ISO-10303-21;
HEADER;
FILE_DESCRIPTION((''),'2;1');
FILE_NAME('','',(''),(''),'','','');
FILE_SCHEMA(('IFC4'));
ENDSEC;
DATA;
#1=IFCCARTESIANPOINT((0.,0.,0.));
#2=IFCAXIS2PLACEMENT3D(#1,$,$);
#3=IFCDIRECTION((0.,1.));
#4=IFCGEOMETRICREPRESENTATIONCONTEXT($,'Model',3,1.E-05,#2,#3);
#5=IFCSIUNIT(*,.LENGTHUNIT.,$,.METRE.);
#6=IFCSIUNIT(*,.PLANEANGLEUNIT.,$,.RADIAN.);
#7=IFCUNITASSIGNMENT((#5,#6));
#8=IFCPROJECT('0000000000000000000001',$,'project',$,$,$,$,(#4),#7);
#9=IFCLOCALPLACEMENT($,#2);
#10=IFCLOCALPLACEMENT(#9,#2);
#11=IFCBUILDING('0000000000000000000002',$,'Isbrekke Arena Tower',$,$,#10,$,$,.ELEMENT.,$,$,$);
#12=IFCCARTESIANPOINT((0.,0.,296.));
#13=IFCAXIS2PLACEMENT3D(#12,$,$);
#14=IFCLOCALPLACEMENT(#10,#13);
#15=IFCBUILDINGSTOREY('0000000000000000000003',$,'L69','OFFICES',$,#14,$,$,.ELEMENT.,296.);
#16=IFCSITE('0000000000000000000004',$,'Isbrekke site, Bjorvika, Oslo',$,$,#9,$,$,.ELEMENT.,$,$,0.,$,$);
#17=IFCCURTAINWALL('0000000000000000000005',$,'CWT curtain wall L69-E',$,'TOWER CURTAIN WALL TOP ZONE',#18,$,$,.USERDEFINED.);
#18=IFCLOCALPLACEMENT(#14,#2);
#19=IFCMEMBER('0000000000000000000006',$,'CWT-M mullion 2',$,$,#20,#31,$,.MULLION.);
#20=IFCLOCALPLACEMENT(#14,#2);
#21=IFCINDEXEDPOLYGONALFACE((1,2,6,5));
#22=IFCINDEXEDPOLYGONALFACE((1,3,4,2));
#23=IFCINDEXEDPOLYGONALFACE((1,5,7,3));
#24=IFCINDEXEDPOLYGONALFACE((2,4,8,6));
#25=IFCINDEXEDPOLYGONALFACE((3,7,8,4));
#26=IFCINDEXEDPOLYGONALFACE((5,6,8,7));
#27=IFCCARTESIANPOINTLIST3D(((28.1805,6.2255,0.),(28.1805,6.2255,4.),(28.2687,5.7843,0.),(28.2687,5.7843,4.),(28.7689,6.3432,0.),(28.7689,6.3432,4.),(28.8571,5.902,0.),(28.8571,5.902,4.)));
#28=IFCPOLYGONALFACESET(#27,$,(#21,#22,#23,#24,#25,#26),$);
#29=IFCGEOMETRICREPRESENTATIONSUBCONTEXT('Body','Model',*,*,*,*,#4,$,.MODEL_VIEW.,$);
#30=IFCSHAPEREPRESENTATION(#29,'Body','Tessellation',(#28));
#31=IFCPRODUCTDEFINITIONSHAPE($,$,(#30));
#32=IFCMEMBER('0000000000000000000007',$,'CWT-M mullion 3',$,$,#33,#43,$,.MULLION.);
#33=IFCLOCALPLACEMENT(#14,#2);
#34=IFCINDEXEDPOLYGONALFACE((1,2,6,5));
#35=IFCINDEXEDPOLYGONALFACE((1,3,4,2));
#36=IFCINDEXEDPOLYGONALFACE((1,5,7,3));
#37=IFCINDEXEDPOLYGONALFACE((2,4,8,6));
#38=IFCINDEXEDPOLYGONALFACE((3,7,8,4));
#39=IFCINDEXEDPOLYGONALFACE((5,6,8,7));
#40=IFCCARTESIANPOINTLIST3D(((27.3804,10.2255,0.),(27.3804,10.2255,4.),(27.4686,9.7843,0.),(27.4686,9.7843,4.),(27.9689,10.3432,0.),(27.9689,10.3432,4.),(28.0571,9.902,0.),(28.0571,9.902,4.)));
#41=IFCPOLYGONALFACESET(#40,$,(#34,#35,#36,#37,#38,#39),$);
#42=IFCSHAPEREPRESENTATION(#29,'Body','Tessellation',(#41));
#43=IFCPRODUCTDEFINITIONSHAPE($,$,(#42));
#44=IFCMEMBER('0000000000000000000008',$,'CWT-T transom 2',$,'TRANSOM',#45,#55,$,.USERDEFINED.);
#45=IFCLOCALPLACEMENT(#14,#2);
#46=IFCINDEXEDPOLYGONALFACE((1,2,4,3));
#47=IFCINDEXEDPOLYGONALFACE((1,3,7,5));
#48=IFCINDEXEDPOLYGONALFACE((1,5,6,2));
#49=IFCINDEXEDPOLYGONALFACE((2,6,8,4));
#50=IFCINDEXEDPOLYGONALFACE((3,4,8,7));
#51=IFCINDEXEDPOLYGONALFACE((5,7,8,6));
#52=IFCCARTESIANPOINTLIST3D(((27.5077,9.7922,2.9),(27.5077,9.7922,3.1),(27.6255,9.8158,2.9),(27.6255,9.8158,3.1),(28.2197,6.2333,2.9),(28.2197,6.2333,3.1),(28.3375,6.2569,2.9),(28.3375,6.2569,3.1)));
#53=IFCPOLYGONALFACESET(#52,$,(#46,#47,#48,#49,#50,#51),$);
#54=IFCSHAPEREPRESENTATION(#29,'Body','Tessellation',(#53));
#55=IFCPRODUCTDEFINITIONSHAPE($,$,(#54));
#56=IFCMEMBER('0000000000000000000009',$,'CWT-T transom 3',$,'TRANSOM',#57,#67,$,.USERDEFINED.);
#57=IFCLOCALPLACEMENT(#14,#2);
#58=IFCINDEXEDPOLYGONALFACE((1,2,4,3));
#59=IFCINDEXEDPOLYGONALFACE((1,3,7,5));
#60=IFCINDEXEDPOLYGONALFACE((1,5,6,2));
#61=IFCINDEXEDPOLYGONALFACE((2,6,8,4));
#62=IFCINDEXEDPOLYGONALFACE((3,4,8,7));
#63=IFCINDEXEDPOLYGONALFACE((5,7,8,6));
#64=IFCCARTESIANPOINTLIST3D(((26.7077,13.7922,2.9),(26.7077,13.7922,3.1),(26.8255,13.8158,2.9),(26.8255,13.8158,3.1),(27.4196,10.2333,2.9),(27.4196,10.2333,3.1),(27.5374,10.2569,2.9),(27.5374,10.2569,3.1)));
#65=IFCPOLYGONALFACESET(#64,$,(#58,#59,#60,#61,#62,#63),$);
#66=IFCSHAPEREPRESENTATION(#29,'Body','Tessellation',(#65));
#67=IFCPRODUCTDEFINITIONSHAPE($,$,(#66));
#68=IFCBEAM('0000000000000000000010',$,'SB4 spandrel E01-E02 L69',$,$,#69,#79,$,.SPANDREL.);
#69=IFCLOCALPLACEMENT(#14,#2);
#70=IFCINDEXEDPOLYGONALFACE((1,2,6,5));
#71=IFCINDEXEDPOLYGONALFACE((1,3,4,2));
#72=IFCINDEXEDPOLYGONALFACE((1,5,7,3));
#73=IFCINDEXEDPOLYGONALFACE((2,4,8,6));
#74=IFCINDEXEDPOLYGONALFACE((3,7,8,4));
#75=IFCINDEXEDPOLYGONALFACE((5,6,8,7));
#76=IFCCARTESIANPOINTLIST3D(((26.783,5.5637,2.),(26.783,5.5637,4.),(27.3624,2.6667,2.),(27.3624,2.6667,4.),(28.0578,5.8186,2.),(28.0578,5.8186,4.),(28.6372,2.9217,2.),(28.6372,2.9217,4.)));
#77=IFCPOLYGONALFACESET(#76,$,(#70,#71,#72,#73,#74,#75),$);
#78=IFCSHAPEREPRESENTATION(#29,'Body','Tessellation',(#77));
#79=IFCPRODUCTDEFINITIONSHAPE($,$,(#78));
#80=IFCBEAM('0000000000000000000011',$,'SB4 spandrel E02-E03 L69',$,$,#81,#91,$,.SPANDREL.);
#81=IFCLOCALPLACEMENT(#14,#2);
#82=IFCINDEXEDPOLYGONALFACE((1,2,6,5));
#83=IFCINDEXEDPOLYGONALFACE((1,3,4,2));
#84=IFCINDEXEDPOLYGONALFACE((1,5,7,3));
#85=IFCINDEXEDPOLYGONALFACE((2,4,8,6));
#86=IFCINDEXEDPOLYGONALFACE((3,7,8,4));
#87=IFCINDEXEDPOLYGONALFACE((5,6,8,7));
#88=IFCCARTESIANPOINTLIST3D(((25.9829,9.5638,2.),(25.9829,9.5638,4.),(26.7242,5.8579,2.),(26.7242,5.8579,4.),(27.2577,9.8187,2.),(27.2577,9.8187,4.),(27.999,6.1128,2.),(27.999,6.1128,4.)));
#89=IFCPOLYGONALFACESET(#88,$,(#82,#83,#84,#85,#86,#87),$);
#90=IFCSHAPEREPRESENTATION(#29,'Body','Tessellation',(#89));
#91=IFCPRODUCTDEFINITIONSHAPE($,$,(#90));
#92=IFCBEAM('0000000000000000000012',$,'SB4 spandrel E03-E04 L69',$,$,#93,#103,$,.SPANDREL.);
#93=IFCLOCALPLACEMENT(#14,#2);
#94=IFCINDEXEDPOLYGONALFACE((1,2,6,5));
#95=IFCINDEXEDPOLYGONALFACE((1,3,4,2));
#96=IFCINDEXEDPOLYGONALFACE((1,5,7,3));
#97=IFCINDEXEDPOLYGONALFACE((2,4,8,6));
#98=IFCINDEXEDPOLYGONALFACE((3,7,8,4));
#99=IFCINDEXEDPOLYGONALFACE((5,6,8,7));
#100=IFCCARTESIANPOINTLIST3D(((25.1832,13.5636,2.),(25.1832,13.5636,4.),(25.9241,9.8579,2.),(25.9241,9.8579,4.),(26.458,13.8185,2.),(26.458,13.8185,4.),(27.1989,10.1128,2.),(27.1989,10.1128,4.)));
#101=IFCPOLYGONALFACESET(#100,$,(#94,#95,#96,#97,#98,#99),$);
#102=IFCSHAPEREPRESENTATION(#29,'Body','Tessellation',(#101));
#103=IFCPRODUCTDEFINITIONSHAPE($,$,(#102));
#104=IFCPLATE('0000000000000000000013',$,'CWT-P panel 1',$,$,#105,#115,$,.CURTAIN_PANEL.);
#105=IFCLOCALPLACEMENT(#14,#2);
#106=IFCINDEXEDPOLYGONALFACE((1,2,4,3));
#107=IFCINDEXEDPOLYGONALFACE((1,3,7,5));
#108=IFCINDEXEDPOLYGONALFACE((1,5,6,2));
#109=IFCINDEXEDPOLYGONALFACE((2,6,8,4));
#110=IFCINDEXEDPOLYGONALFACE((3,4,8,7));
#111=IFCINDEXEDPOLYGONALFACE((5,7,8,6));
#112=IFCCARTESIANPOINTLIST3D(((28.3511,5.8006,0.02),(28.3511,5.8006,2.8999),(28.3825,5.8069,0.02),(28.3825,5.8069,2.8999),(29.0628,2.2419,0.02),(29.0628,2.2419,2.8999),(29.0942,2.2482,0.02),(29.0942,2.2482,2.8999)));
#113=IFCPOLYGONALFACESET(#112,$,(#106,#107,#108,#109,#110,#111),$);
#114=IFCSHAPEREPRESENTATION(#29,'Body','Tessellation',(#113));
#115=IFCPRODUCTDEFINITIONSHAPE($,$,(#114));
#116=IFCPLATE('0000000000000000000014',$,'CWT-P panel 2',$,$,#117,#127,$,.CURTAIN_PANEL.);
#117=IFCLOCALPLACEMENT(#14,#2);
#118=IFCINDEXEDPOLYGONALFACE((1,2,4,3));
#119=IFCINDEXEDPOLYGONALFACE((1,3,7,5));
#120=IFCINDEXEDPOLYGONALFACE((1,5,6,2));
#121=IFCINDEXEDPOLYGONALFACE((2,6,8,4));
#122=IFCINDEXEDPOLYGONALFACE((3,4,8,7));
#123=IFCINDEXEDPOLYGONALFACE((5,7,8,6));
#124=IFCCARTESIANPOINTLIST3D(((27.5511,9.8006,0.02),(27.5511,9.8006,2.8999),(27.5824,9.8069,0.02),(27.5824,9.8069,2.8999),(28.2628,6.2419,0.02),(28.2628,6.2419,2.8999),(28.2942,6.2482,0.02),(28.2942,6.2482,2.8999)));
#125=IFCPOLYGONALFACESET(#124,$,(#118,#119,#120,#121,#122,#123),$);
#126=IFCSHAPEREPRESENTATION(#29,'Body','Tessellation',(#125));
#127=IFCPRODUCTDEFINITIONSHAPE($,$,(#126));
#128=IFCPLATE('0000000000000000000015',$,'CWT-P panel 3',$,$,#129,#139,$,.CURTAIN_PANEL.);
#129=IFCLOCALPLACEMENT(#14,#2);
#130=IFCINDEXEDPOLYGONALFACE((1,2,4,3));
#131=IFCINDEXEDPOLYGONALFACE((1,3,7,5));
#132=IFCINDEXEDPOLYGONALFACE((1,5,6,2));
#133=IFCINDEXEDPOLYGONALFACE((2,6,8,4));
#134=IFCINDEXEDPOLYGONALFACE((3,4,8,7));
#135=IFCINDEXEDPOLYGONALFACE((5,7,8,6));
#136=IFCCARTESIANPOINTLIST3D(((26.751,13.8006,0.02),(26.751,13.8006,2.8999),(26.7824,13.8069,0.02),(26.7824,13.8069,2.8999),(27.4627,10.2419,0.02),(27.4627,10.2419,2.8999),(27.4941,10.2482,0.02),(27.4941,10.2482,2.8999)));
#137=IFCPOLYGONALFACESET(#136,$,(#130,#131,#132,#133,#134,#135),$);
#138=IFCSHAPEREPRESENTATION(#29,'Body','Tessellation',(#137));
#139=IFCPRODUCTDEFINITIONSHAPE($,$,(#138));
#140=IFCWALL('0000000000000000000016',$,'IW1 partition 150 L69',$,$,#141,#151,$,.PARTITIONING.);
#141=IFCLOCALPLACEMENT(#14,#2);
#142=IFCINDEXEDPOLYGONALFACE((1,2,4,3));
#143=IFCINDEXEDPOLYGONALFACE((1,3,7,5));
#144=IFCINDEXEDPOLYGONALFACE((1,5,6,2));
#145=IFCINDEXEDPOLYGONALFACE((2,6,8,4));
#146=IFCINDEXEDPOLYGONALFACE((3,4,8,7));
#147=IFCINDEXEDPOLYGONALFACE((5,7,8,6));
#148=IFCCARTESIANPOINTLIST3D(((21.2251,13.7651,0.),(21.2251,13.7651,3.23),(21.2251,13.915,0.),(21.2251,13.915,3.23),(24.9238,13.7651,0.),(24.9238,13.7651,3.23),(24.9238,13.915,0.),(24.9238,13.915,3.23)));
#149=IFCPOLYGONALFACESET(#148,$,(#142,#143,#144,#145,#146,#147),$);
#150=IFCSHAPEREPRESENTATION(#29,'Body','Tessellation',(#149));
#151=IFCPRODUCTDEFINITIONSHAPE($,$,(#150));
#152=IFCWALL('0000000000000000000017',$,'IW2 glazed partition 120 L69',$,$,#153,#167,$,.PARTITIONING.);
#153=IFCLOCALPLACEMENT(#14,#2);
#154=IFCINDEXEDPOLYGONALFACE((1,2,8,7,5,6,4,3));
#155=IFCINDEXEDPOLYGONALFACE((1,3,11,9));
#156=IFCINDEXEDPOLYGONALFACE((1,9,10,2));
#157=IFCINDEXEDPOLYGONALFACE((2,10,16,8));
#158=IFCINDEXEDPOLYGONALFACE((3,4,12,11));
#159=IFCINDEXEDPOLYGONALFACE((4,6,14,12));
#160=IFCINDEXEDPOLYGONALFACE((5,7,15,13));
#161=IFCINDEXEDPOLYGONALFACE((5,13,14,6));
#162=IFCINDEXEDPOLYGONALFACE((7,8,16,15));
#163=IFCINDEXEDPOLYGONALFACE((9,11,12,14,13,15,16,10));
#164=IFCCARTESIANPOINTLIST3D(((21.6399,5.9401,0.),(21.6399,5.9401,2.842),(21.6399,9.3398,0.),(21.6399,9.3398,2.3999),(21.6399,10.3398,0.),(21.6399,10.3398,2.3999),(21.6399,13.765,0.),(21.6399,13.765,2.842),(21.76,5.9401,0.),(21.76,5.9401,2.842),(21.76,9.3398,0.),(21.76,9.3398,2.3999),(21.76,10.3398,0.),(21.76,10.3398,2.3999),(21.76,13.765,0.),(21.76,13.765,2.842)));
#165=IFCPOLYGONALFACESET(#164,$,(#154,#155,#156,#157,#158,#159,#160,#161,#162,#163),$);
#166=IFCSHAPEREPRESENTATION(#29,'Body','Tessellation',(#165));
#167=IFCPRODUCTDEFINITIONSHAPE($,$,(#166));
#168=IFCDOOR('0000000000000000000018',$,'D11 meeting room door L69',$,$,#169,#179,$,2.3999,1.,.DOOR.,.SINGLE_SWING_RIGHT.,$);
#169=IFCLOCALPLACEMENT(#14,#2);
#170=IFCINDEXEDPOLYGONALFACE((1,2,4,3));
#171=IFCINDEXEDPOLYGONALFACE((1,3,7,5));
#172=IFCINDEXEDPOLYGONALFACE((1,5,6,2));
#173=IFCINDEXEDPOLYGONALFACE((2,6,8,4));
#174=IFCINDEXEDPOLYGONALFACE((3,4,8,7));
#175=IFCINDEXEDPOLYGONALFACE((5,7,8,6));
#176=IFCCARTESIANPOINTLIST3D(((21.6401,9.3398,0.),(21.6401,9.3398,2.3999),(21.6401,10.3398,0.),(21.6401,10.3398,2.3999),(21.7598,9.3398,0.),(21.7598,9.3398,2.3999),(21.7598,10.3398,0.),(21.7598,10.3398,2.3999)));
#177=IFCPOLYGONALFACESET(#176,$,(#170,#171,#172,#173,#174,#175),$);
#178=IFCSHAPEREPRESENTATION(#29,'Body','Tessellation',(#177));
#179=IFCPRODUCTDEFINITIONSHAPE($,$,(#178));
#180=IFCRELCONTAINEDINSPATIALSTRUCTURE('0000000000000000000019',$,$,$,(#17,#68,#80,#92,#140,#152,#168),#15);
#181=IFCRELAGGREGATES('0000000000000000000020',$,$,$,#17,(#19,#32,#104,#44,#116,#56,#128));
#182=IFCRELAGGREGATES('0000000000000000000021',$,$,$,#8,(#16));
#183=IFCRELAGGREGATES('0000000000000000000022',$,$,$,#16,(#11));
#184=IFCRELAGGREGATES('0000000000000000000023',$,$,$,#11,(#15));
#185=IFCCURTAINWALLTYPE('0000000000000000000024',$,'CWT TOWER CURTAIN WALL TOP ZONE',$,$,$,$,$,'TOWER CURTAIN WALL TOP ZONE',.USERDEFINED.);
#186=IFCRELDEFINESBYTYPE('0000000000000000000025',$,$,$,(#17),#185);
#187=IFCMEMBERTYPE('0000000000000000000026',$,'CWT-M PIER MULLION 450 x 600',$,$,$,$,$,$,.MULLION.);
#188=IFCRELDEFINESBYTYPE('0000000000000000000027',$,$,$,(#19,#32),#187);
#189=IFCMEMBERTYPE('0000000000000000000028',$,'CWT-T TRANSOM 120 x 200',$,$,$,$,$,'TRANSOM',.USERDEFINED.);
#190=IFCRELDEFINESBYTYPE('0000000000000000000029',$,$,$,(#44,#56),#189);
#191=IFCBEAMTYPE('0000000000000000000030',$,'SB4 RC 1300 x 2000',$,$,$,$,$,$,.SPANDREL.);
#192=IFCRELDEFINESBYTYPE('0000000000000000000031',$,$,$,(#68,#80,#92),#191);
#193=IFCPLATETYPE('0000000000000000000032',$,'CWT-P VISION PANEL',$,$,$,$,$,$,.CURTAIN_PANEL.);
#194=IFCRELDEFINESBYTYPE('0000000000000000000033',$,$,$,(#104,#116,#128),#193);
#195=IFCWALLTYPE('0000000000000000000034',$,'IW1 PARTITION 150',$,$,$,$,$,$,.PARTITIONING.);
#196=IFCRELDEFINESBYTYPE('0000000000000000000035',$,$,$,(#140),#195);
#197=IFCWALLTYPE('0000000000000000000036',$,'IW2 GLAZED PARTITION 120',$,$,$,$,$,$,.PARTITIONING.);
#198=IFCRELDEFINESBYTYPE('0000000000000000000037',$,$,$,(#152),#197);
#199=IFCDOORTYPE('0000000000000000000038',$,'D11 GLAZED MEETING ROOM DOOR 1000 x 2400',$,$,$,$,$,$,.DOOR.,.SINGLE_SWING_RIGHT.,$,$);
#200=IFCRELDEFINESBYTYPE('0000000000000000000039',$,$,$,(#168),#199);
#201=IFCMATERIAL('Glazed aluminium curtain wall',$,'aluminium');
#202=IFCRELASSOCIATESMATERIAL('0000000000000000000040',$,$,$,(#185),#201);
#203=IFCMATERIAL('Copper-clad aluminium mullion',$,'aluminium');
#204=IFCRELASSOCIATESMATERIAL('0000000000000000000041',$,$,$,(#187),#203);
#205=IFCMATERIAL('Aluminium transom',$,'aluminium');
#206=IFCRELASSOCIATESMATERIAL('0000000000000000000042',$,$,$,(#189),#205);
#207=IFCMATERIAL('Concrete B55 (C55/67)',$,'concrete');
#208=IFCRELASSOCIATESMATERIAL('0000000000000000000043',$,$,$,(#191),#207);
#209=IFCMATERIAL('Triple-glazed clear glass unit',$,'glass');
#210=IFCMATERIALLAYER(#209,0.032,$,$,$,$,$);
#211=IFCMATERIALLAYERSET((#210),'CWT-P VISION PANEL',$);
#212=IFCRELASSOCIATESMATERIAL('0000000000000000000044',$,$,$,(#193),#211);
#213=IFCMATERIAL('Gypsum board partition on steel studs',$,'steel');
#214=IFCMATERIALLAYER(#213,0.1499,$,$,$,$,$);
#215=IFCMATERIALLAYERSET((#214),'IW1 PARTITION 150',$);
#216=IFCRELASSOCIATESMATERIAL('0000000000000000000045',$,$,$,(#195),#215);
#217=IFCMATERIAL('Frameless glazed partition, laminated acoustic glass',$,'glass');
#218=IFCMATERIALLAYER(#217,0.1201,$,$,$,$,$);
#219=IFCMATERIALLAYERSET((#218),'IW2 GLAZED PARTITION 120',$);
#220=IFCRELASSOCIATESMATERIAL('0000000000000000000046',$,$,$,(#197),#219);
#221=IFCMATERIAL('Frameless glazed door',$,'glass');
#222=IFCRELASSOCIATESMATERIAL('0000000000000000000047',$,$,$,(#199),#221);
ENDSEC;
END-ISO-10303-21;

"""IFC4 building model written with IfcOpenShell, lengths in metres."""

from ifc_helpers import new_model, si_unit, direction, frame, frame_2d, origin, origin_2d, place, context, subcontext, project, spatial, rectangle, extrude, material, layer, layer_set, material_profile, profile_set, type_object, element, fill, aggregate, save


model = new_model("IFC4")

# Units and contexts
model_context = context("Model", 3, precision=1e-05, world=origin(), true_north=direction((0.0, 1.0)))
body_context = subcontext(model_context, "Body", "Model", "MODEL_VIEW")
ifc_project = project(units=[si_unit("LENGTHUNIT", "METRE"), si_unit("PLANEANGLEUNIT", "RADIAN")], contexts=[model_context])

# Site, building, storey
site_placement = place(None, origin())
site = spatial("IfcSite", under=ifc_project, at=site_placement, Name="Isbrekke site, Bjorvika, Oslo", CompositionType="ELEMENT", RefElevation=0.0)
building_placement = place(site_placement, origin())
building = spatial("IfcBuilding", under=site, at=building_placement, Name="Isbrekke Arena Tower", CompositionType="ELEMENT")
storey_placement = place(building_placement, frame((0.0, 0.0, 296.0)))
storey = spatial("IfcBuildingStorey", under=building, at=storey_placement, Name="L69", Description="OFFICES", CompositionType="ELEMENT", Elevation=296.0)

# Curtain wall, members
ifc_material_1 = material(Name="Glazed aluminium curtain wall", Category="aluminium")
curtain_wall_type = type_object("IfcCurtainWallType", Name="CWT TOWER CURTAIN WALL TOP ZONE", ElementType="TOWER CURTAIN WALL TOP ZONE", PredefinedType="USERDEFINED", material=ifc_material_1)
curtain_wall_placement = place(storey_placement, origin())
curtain_wall = element("IfcCurtainWall", 1, at=curtain_wall_placement, inside=storey, type_object=curtain_wall_type, Name="CWT curtain wall L69-E", ObjectType="TOWER CURTAIN WALL TOP ZONE", PredefinedType="USERDEFINED")
ifc_material_2 = material(Name="Copper-clad aluminium mullion", Category="aluminium")
ifc_material_profile_1 = material_profile(ifc_material_2, rectangle(XDim=0.45, YDim=0.6001, at=origin_2d()), Name="PIER 450X600")
ifc_profile_set_1 = profile_set([ifc_material_profile_1], Name="Copper-clad aluminium mullion")
member_type_1 = type_object("IfcMemberType", Name="CWT-M PIER MULLION 450 x 600", PredefinedType="MULLION", material=ifc_profile_set_1)
member_1_placement = place(storey_placement, frame((28.5188, 6.0637, 0.0), z_axis=(0.0, 0.0, 1.0), x_axis=(-0.196116, 0.980581, 0.0)))
member_1 = element("IfcMember", 2, at=member_1_placement, type_object=member_type_1, Name="CWT-M mullion 2", PredefinedType="MULLION", context=body_context, shape_type="SweptSolid", body=[
    extrude(rectangle(XDim=0.45, YDim=0.6001, at=origin_2d()), origin(), (0.0, 0.0, 1.0), 4.0),
])
member_2_placement = place(storey_placement, frame((27.7188, 10.0637, 0.0), z_axis=(0.0, 0.0, 1.0), x_axis=(-0.196116, 0.980581, 0.0)))
member_2 = element("IfcMember", 3, at=member_2_placement, type_object=member_type_1, Name="CWT-M mullion 3", PredefinedType="MULLION", context=body_context, shape_type="SweptSolid", body=[
    extrude(rectangle(XDim=0.45, YDim=0.6001, at=origin_2d()), origin(), (0.0, 0.0, 1.0), 4.0),
])
ifc_material_3 = material(Name="Aluminium transom", Category="aluminium")
ifc_material_profile_2 = material_profile(ifc_material_3, rectangle(XDim=0.1201, YDim=0.2, at=origin_2d()), Name="TRANSOM 120X200")
ifc_profile_set_2 = profile_set([ifc_material_profile_2], Name="Aluminium transom")
member_type_2 = type_object("IfcMemberType", Name="CWT-T TRANSOM 120 x 200", ElementType="TRANSOM", PredefinedType="USERDEFINED", material=ifc_profile_set_2)
member_3_placement = place(storey_placement, frame((28.2786, 6.2451, 3.0), z_axis=(-0.196155, 0.980573, 0.0), x_axis=(-0.980573, -0.196155, 0.0)))
member_3 = element("IfcMember", 4, at=member_3_placement, type_object=member_type_2, Name="CWT-T transom 2", ObjectType="TRANSOM", PredefinedType="USERDEFINED", context=body_context, shape_type="SweptSolid", body=[
    extrude(rectangle(XDim=0.1201, YDim=0.2, at=origin_2d()), origin(), (0.0, 0.0, 1.0), 3.6294),
])
member_4_placement = place(storey_placement, frame((27.4785, 10.2451, 3.0), z_axis=(-0.196155, 0.980573, 0.0), x_axis=(-0.980573, -0.196155, 0.0)))
member_4 = element("IfcMember", 5, at=member_4_placement, type_object=member_type_2, Name="CWT-T transom 3", ObjectType="TRANSOM", PredefinedType="USERDEFINED", context=body_context, shape_type="SweptSolid", body=[
    extrude(rectangle(XDim=0.1201, YDim=0.2, at=origin_2d()), origin(), (0.0, 0.0, 1.0), 3.6294),
])

# Beams
ifc_material_4 = material(Name="Concrete B55 (C55/67)", Category="concrete")
ifc_material_profile_3 = material_profile(ifc_material_4, rectangle(XDim=1.3, YDim=2.0, at=origin_2d()), Name="RC 1300x2000")
ifc_profile_set_3 = profile_set([ifc_material_profile_3], Name="Concrete B55 (C55/67)")
beam_type_1 = type_object("IfcBeamType", Name="SB4 RC 1300 x 2000", PredefinedType="SPANDREL", material=ifc_profile_set_3)
beam_1_placement = place(storey_placement, frame((27.9998, 2.7942, 3.0), z_axis=(-0.1961, 0.980584, 0.0), x_axis=(-0.980584, -0.1961, 0.0)))
element("IfcBeam", 6, at=beam_1_placement, inside=storey, type_object=beam_type_1, Name="SB4 spandrel E01-E02 L69", PredefinedType="SPANDREL", context=body_context, shape_type="SweptSolid", body=[
    extrude(rectangle(XDim=1.3, YDim=2.0, at=origin_2d()), origin(), (0.0, 0.0, 1.0), 2.9543),
])
beam_2_placement = place(storey_placement, frame((27.3616, 5.9854, 3.0), z_axis=(-0.196129, 0.980578, 0.0), x_axis=(-0.980578, -0.196129, 0.0)))
element("IfcBeam", 7, at=beam_2_placement, inside=storey, type_object=beam_type_1, Name="SB4 spandrel E02-E03 L69", PredefinedType="SPANDREL", context=body_context, shape_type="SweptSolid", body=[
    extrude(rectangle(XDim=1.3, YDim=2.0, at=origin_2d()), origin(), (0.0, 0.0, 1.0), 3.7793),
])
beam_3_placement = place(storey_placement, frame((26.5615, 9.9854, 3.0), z_axis=(-0.196066, 0.980591, 0.0), x_axis=(-0.980591, -0.196066, 0.0)))
element("IfcBeam", 8, at=beam_3_placement, inside=storey, type_object=beam_type_1, Name="SB4 spandrel E03-E04 L69", PredefinedType="SPANDREL", context=body_context, shape_type="SweptSolid", body=[
    extrude(rectangle(XDim=1.3, YDim=2.0, at=origin_2d()), origin(), (0.0, 0.0, 1.0), 3.7791),
])

# Plates
ifc_material_5 = material(Name="Triple-glazed clear glass unit", Category="glass")
ifc_layer_1 = layer(ifc_material_5, 0.032)
ifc_layer_set_1 = layer_set([ifc_layer_1], Name="CWT-P VISION PANEL")
plate_type = type_object("IfcPlateType", Name="CWT-P VISION PANEL", PredefinedType="CURTAIN_PANEL", material=ifc_layer_set_1)
plate_1_placement = place(storey_placement, frame((28.7227, 4.0244, 0.02), z_axis=(0.0, 0.0, 1.0), x_axis=(-0.196116, 0.980581, 0.0)))
plate_1 = element("IfcPlate", 9, at=plate_1_placement, type_object=plate_type, Name="CWT-P panel 1", PredefinedType="CURTAIN_PANEL", context=body_context, shape_type="SweptSolid", body=[
    extrude(rectangle(XDim=3.6292, YDim=0.032, at=origin_2d()), origin(), (0.0, 0.0, 1.0), 2.8799),
])
plate_2_placement = place(storey_placement, frame((27.9226, 8.0244, 0.02), z_axis=(0.0, 0.0, 1.0), x_axis=(-0.196116, 0.980581, 0.0)))
plate_2 = element("IfcPlate", 10, at=plate_2_placement, type_object=plate_type, Name="CWT-P panel 2", PredefinedType="CURTAIN_PANEL", context=body_context, shape_type="SweptSolid", body=[
    extrude(rectangle(XDim=3.6292, YDim=0.032, at=origin_2d()), origin(), (0.0, 0.0, 1.0), 2.8799),
])
plate_3_placement = place(storey_placement, frame((27.1226, 12.0244, 0.02), z_axis=(0.0, 0.0, 1.0), x_axis=(-0.196116, 0.980581, 0.0)))
plate_3 = element("IfcPlate", 11, at=plate_3_placement, type_object=plate_type, Name="CWT-P panel 3", PredefinedType="CURTAIN_PANEL", context=body_context, shape_type="SweptSolid", body=[
    extrude(rectangle(XDim=3.6292, YDim=0.032, at=origin_2d()), origin(), (0.0, 0.0, 1.0), 2.8799),
])
aggregate(curtain_wall, [member_1, member_2, plate_1, member_3, plate_2, member_4, plate_3])

# Wall
ifc_material_6 = material(Name="Gypsum board partition on steel studs", Category="steel")
ifc_layer_2 = layer(ifc_material_6, 0.1499)
ifc_layer_set_2 = layer_set([ifc_layer_2], Name="IW1 PARTITION 150")
wall_type_1 = type_object("IfcWallType", Name="IW1 PARTITION 150", PredefinedType="PARTITIONING", material=ifc_layer_set_2)
wall_1_placement = place(storey_placement, frame((21.2251, 13.8401, 0.0), z_axis=(0.0, 0.0, 1.0), x_axis=(1.0, 0.0, 0.0)))
element("IfcWall", 12, at=wall_1_placement, inside=storey, type_object=wall_type_1, Name="IW1 partition 150 L69", PredefinedType="PARTITIONING", context=body_context, shape_type="SweptSolid", body=[
    extrude(rectangle(XDim=3.6987, YDim=0.1499, at=frame_2d((1.8494, 0.0))), origin(), (0.0, 0.0, 1.0), 3.23),
])

# Wall, opening, door
ifc_material_7 = material(Name="Frameless glazed partition, laminated acoustic glass", Category="glass")
ifc_layer_3 = layer(ifc_material_7, 0.1201)
ifc_layer_set_3 = layer_set([ifc_layer_3], Name="IW2 GLAZED PARTITION 120")
wall_type_2 = type_object("IfcWallType", Name="IW2 GLAZED PARTITION 120", PredefinedType="PARTITIONING", material=ifc_layer_set_3)
wall_2_placement = place(storey_placement, frame((21.7, 5.9399, 0.0), z_axis=(0.0, 0.0, 1.0), x_axis=(0.0, 1.0, 0.0)))
wall_2 = element("IfcWall", 13, at=wall_2_placement, inside=storey, type_object=wall_type_2, Name="IW2 glazed partition 120 L69", PredefinedType="PARTITIONING", context=body_context, shape_type="SweptSolid", body=[
    extrude(rectangle(XDim=7.825, YDim=0.1201, at=frame_2d((3.9126, 0.0))), origin(), (0.0, 0.0, 1.0), 2.842),
])
opening_placement = place(wall_2_placement, frame((3.3999, 0.0, 0.0)))
opening = element("IfcOpeningElement", 14, at=opening_placement, cuts=wall_2, PredefinedType="OPENING", context=body_context, shape_type="SweptSolid", body=[
    extrude(rectangle(XDim=1.0, YDim=2.3999, at=frame_2d((0.5, 1.2))), frame((0.0, 0.075, 0.0), z_axis=(0.0, -1.0, 0.0), x_axis=(1.0, 0.0, 0.0)), (0.0, 0.0, 1.0), 0.1499),
])
ifc_material_8 = material(Name="Frameless glazed door", Category="glass")
door_type = type_object("IfcDoorType", Name="D11 GLAZED MEETING ROOM DOOR 1000 x 2400", OperationType="SINGLE_SWING_RIGHT", PredefinedType="DOOR", material=ifc_material_8)
door_placement = place(opening_placement, origin())
door = element("IfcDoor", 15, at=door_placement, inside=storey, type_object=door_type, Name="D11 meeting room door L69", OperationType="SINGLE_SWING_RIGHT", OverallHeight=2.3999, OverallWidth=1.0, PredefinedType="DOOR", context=body_context, shape_type="SweptSolid", body=[
    extrude(rectangle(XDim=1.0, YDim=2.3999, at=frame_2d((0.5, 1.2))), frame((0.0, 0.0598, 0.0), z_axis=(0.0, -1.0, 0.0), x_axis=(1.0, 0.0, 0.0)), (0.0, 0.0, 1.0), 0.1196),
])
fill(opening, door)

save(model, "model.ifc")
